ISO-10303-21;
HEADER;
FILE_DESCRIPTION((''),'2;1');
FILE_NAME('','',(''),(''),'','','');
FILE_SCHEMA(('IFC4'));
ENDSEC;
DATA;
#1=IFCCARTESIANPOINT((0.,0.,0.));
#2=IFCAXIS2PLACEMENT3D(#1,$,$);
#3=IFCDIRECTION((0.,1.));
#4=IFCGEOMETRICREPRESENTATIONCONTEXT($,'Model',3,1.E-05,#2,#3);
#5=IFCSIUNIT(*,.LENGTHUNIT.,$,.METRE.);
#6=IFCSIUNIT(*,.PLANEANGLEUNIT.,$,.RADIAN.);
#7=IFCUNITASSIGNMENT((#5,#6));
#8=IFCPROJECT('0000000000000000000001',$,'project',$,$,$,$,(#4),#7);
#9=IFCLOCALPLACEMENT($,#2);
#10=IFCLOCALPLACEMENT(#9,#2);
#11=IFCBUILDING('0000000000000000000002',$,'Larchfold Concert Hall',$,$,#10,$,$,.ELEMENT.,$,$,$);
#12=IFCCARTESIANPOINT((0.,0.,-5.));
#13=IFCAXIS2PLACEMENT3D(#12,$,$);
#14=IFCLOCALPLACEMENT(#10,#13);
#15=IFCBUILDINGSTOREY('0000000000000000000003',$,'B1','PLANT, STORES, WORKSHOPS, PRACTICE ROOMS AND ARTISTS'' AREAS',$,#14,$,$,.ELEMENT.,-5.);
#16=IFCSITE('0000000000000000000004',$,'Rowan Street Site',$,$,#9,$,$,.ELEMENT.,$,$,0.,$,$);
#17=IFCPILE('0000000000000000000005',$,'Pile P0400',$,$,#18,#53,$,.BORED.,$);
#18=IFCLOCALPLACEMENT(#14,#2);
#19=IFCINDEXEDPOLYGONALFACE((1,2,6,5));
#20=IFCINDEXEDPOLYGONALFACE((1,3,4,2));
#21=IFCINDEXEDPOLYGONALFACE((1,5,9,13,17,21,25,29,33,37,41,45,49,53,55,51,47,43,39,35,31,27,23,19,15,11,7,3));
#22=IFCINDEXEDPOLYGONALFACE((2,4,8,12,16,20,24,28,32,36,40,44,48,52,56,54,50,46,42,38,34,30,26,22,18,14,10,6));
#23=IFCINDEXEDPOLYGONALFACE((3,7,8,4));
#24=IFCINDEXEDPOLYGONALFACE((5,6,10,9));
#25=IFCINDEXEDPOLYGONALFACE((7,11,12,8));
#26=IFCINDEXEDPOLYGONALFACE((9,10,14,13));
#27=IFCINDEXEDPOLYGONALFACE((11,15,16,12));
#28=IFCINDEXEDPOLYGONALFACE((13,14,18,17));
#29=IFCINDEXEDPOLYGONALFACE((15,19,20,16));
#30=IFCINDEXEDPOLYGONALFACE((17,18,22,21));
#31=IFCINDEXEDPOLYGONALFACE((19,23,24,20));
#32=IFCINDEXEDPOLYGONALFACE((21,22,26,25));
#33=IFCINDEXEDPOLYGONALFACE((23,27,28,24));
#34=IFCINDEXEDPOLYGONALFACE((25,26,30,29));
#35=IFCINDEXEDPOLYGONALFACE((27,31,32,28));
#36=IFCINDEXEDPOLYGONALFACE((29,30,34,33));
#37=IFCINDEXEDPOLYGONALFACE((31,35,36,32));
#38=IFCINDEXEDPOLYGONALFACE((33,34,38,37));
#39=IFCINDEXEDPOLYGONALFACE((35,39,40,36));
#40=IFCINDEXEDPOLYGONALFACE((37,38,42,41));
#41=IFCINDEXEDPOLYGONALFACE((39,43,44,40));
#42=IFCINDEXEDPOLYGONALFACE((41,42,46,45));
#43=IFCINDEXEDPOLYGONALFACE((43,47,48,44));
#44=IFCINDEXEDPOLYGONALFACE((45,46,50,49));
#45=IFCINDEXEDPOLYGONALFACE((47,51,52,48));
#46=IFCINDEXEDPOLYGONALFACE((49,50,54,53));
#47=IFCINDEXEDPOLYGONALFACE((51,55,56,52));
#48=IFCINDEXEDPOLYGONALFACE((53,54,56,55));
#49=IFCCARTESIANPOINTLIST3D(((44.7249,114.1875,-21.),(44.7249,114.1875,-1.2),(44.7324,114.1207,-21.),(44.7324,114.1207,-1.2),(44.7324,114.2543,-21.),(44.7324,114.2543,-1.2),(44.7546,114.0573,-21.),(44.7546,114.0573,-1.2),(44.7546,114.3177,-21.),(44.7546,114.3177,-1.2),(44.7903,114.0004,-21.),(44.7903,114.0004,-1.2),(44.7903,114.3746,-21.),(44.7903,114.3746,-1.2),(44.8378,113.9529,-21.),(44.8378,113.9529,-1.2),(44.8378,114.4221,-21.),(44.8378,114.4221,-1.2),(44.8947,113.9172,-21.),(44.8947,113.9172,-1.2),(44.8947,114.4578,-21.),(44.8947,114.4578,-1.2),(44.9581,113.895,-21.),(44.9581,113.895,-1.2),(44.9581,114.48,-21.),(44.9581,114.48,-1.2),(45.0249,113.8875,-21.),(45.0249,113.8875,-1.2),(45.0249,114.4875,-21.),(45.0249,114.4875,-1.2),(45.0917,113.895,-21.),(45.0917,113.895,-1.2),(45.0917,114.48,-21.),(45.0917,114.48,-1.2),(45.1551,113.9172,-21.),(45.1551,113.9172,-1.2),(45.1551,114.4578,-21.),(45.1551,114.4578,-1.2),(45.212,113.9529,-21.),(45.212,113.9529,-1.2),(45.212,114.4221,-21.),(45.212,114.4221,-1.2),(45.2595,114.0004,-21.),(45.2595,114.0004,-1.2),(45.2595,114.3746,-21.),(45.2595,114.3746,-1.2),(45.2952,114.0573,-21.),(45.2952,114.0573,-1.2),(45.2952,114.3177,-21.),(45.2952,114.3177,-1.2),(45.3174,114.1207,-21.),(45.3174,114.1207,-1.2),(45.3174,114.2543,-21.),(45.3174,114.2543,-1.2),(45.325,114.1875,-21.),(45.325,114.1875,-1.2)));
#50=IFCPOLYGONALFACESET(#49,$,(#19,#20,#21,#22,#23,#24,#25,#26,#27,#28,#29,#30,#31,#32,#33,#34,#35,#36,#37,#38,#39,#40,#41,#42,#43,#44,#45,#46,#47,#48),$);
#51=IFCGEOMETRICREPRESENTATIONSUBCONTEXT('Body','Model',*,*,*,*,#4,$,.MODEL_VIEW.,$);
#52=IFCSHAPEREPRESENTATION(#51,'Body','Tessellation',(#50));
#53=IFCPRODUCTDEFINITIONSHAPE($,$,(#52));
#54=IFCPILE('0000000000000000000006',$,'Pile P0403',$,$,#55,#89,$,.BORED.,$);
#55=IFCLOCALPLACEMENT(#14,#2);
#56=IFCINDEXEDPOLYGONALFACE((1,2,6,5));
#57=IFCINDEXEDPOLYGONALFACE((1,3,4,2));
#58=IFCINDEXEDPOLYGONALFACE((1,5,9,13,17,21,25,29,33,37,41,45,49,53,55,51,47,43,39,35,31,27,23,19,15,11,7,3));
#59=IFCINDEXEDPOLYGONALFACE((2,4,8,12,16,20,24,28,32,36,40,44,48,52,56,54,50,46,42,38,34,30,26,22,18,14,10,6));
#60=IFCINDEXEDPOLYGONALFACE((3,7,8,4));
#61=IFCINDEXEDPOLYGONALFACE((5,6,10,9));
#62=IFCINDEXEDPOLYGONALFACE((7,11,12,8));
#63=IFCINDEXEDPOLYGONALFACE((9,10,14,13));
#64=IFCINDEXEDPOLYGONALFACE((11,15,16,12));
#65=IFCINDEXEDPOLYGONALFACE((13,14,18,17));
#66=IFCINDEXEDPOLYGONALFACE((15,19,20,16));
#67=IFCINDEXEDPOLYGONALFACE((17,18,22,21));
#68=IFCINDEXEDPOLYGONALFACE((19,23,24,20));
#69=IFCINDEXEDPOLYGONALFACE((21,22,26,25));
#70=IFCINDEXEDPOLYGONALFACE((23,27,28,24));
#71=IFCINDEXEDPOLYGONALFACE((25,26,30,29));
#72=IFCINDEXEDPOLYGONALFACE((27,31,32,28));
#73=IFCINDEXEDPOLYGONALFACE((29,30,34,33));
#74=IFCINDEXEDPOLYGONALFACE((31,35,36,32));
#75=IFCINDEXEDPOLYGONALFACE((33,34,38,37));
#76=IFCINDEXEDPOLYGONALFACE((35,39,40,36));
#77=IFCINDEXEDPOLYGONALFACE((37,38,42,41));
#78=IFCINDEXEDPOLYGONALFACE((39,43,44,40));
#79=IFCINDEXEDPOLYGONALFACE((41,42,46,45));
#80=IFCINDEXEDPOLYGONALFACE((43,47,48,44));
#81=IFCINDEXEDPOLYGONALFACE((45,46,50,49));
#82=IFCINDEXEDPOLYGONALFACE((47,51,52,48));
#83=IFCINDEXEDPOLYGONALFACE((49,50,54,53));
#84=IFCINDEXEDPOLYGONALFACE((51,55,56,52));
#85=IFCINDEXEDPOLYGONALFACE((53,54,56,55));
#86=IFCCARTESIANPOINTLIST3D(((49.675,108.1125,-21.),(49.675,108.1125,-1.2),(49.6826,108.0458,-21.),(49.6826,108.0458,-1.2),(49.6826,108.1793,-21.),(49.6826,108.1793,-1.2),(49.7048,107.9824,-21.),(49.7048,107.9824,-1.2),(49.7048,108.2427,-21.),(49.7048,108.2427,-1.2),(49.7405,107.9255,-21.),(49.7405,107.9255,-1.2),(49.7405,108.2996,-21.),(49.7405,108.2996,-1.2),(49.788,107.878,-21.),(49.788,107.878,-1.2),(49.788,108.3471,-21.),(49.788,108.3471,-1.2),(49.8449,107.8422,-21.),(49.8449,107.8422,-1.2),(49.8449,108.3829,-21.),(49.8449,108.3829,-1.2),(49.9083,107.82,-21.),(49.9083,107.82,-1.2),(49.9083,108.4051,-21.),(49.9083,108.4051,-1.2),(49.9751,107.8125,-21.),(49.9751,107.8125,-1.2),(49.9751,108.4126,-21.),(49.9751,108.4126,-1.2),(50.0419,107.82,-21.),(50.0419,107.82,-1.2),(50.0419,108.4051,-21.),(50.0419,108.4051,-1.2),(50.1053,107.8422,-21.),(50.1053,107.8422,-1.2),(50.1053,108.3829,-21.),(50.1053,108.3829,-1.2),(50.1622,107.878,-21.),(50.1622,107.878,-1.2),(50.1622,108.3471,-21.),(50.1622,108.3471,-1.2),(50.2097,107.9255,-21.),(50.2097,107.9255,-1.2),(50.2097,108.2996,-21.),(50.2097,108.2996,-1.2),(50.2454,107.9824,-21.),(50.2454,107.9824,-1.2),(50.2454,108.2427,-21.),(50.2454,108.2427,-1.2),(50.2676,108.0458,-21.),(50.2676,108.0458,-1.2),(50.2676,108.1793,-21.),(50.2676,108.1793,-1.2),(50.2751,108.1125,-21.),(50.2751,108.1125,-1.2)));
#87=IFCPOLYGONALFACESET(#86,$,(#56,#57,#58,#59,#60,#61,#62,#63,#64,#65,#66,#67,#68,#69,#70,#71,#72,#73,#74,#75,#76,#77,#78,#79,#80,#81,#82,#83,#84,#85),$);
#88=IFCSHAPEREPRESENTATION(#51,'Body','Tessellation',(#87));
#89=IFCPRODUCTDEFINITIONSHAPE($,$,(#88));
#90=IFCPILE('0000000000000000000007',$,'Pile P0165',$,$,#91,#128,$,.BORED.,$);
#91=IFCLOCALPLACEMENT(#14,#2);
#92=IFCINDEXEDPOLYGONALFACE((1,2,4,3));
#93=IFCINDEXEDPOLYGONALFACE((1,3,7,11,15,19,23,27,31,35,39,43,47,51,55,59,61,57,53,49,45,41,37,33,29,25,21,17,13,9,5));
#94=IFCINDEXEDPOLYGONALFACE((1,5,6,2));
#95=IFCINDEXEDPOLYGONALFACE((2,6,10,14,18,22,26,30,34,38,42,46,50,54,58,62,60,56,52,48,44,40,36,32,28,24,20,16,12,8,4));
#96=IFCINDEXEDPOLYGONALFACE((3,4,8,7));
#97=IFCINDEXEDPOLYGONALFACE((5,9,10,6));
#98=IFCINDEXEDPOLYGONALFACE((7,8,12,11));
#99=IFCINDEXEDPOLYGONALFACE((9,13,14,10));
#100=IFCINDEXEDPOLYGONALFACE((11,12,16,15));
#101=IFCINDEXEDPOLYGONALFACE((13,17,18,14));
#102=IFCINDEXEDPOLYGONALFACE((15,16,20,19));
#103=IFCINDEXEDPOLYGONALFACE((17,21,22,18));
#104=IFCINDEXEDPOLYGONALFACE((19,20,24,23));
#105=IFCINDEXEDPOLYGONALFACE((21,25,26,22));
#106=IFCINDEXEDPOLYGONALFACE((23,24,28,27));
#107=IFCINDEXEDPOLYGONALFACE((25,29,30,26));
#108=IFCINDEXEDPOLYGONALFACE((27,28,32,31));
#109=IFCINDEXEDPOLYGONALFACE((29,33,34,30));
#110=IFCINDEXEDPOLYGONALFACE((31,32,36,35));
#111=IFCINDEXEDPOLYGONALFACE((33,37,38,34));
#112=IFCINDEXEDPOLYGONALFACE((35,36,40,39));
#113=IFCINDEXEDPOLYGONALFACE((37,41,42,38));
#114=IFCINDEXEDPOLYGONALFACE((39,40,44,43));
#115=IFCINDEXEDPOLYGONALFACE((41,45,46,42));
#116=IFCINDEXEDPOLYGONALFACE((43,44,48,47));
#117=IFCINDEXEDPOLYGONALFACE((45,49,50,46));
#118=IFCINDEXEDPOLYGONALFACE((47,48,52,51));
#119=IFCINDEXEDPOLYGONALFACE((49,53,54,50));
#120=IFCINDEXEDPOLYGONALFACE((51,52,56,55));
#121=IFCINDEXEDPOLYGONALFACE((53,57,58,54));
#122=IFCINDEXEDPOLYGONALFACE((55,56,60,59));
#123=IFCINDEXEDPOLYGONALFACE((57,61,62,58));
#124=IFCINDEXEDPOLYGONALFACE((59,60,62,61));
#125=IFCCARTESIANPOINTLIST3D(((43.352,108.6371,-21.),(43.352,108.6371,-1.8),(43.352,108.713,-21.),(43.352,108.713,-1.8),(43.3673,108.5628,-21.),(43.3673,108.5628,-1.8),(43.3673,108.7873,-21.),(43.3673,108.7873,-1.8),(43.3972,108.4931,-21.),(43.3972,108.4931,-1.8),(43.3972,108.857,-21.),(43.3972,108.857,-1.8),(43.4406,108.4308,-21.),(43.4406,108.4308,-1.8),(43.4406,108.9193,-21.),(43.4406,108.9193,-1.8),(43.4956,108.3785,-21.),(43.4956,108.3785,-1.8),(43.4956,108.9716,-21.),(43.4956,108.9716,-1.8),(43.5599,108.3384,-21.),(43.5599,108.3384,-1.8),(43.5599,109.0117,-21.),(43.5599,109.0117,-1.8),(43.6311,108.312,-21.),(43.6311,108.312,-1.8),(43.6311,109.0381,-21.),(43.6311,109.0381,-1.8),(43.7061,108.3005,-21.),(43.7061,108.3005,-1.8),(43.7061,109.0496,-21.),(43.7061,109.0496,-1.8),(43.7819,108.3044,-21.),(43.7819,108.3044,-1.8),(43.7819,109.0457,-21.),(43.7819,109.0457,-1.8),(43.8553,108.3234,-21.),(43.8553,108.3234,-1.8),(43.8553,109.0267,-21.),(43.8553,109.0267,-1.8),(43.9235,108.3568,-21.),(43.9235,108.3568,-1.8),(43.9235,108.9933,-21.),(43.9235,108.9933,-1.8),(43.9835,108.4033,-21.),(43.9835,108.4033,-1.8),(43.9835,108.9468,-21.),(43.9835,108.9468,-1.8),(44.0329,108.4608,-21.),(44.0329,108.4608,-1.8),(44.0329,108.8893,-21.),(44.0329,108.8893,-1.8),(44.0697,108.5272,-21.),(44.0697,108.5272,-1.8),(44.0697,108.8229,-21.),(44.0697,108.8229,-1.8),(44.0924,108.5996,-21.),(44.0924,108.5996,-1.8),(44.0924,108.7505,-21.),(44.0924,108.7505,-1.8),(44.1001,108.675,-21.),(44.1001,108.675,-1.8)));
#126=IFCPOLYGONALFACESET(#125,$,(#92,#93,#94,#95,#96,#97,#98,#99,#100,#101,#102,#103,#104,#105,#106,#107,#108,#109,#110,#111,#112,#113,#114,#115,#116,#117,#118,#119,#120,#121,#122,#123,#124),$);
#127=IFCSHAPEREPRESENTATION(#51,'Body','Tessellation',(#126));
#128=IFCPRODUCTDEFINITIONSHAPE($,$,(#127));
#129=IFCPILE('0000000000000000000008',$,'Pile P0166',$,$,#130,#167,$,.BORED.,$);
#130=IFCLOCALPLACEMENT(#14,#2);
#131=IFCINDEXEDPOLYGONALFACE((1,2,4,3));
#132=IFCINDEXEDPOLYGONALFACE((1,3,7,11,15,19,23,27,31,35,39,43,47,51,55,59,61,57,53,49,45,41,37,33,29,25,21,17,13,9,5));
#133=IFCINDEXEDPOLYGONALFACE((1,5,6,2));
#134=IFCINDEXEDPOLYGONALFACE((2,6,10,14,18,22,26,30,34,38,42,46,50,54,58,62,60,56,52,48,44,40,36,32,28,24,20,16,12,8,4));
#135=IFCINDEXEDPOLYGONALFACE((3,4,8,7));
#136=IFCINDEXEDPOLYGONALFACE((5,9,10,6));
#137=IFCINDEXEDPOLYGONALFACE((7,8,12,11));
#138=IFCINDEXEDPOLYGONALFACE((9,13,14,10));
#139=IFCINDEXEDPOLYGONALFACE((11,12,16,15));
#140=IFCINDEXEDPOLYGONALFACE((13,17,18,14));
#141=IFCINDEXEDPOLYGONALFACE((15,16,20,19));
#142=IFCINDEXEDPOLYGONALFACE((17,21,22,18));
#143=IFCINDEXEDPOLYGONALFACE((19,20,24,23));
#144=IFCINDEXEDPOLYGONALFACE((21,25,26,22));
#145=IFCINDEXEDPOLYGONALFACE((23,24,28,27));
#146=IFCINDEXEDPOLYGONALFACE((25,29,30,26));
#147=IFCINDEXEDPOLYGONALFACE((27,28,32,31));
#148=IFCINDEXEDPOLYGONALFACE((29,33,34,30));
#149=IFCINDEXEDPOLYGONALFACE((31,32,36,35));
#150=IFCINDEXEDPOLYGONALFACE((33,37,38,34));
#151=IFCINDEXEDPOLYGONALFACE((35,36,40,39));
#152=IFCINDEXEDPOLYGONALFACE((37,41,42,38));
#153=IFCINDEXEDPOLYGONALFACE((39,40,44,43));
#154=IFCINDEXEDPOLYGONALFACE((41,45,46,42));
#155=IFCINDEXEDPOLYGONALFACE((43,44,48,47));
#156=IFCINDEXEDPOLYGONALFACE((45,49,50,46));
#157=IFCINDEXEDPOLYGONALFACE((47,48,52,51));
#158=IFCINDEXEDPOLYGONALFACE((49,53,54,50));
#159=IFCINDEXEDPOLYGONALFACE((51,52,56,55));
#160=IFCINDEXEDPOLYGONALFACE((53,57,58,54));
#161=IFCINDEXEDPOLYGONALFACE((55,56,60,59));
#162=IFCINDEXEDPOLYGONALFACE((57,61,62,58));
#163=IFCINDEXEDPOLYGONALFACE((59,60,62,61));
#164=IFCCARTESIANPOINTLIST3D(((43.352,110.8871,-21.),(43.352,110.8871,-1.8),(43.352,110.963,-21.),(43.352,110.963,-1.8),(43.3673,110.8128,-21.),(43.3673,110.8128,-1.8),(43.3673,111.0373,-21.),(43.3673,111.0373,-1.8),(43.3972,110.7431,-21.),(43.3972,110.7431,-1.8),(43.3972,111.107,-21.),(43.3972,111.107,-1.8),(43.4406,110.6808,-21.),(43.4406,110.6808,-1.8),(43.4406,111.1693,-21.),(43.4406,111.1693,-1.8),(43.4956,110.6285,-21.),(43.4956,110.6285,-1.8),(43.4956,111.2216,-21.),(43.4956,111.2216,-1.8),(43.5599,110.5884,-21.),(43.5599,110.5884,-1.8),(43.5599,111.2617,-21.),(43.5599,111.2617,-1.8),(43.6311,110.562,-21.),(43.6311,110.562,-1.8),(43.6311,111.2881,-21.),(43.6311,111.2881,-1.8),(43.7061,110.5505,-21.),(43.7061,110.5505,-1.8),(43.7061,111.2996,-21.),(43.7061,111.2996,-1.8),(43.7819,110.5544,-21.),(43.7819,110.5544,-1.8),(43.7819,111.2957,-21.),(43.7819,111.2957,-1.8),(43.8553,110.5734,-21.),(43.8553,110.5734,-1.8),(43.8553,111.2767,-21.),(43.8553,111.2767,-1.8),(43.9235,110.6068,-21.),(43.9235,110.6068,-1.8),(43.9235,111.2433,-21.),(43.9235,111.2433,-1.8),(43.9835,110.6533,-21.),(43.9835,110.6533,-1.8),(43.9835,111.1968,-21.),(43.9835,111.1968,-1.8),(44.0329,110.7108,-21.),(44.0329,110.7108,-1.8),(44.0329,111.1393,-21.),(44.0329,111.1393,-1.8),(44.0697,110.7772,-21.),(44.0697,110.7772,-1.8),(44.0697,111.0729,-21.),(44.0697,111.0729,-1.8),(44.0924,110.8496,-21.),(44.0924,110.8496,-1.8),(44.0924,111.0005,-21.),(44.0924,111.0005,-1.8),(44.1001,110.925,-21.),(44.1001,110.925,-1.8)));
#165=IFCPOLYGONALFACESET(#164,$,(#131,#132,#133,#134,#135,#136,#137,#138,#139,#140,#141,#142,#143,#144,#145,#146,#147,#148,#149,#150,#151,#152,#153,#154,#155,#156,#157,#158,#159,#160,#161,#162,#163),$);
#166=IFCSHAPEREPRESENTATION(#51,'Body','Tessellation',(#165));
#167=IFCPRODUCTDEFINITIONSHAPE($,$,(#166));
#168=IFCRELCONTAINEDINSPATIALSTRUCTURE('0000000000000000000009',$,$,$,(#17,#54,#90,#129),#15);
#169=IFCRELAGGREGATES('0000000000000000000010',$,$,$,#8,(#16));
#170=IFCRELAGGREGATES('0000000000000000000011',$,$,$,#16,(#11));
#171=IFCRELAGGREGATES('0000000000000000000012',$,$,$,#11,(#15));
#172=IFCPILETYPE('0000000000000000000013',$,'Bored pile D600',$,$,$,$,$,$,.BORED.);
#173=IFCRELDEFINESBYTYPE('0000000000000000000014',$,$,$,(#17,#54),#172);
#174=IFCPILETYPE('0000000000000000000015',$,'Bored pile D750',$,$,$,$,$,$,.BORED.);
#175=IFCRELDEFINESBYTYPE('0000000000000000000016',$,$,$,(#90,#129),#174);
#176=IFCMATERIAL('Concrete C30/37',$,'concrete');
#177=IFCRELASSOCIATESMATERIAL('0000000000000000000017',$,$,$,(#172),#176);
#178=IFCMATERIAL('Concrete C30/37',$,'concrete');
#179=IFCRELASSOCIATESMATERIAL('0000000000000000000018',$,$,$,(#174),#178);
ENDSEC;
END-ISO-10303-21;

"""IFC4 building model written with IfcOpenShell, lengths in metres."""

from ifc_helpers import new_model, si_unit, direction, frame, origin, origin_2d, place, context, subcontext, project, spatial, circle, extrude, material, material_profile, profile_set, type_object, element, save


model = new_model("IFC4")

# Units and contexts
model_context = context("Model", 3, precision=1e-05, world=origin(), true_north=direction((0.0, 1.0)))
body_context = subcontext(model_context, "Body", "Model", "MODEL_VIEW")
ifc_project = project(units=[si_unit("LENGTHUNIT", "METRE"), si_unit("PLANEANGLEUNIT", "RADIAN")], contexts=[model_context])

# Site, building, storey
site_placement = place(None, origin())
site = spatial("IfcSite", under=ifc_project, at=site_placement, Name="Rowan Street Site", CompositionType="ELEMENT", RefElevation=0.0)
building_placement = place(site_placement, origin())
building = spatial("IfcBuilding", under=site, at=building_placement, Name="Larchfold Concert Hall", CompositionType="ELEMENT")
storey_placement = place(building_placement, frame((0.0, 0.0, -5.0)))
storey = spatial("IfcBuildingStorey", under=building, at=storey_placement, Name="B1", Description="PLANT, STORES, WORKSHOPS, PRACTICE ROOMS AND ARTISTS' AREAS", CompositionType="ELEMENT", Elevation=-5.0)

# Piles
ifc_material_1 = material(Name="Concrete C30/37", Category="concrete")
ifc_material_profile_1 = material_profile(ifc_material_1, circle(Radius=0.3, at=origin_2d()))
ifc_profile_set_1 = profile_set([ifc_material_profile_1], Name="Concrete C30/37")
pile_type_1 = type_object("IfcPileType", Name="Bored pile D600", PredefinedType="BORED", material=ifc_profile_set_1)
for number, where, z_axis, x_axis, name in (
    (1, (45.0249, 114.1875, -1.2), (0.0, 0.0, -1.0), (1.0, 0.0, 0.0), "Pile P0400"),
    (2, (49.9751, 108.1125, -1.2), (0.0, 0.0, -1.0), (1.0, 0.0, 0.0), "Pile P0403"),
):
    element("IfcPile", number, at=place(storey_placement, frame(where, z_axis=z_axis, x_axis=x_axis)), inside=storey, type_object=pile_type_1, Name=name, PredefinedType="BORED", context=body_context, shape_type="SweptSolid", body=[
        extrude(circle(Radius=0.3, at=origin_2d()), origin(), (0.0, 0.0, 1.0), 19.8),
    ])
ifc_material_2 = material(Name="Concrete C30/37", Category="concrete")
ifc_material_profile_2 = material_profile(ifc_material_2, circle(Radius=0.375, at=origin_2d()))
ifc_profile_set_2 = profile_set([ifc_material_profile_2], Name="Concrete C30/37")
pile_type_2 = type_object("IfcPileType", Name="Bored pile D750", PredefinedType="BORED", material=ifc_profile_set_2)
for number, where, z_axis, x_axis, name in (
    (3, (43.7251, 108.675, -1.8), (0.0, 0.0, -1.0), (1.0, 0.0, 0.0), "Pile P0165"),
    (4, (43.7251, 110.925, -1.8), (0.0, 0.0, -1.0), (1.0, 0.0, 0.0), "Pile P0166"),
):
    element("IfcPile", number, at=place(storey_placement, frame(where, z_axis=z_axis, x_axis=x_axis)), inside=storey, type_object=pile_type_2, Name=name, PredefinedType="BORED", context=body_context, shape_type="SweptSolid", body=[
        extrude(circle(Radius=0.375, at=origin_2d()), origin(), (0.0, 0.0, 1.0), 19.2),
    ])

save(model, "model.ifc")
